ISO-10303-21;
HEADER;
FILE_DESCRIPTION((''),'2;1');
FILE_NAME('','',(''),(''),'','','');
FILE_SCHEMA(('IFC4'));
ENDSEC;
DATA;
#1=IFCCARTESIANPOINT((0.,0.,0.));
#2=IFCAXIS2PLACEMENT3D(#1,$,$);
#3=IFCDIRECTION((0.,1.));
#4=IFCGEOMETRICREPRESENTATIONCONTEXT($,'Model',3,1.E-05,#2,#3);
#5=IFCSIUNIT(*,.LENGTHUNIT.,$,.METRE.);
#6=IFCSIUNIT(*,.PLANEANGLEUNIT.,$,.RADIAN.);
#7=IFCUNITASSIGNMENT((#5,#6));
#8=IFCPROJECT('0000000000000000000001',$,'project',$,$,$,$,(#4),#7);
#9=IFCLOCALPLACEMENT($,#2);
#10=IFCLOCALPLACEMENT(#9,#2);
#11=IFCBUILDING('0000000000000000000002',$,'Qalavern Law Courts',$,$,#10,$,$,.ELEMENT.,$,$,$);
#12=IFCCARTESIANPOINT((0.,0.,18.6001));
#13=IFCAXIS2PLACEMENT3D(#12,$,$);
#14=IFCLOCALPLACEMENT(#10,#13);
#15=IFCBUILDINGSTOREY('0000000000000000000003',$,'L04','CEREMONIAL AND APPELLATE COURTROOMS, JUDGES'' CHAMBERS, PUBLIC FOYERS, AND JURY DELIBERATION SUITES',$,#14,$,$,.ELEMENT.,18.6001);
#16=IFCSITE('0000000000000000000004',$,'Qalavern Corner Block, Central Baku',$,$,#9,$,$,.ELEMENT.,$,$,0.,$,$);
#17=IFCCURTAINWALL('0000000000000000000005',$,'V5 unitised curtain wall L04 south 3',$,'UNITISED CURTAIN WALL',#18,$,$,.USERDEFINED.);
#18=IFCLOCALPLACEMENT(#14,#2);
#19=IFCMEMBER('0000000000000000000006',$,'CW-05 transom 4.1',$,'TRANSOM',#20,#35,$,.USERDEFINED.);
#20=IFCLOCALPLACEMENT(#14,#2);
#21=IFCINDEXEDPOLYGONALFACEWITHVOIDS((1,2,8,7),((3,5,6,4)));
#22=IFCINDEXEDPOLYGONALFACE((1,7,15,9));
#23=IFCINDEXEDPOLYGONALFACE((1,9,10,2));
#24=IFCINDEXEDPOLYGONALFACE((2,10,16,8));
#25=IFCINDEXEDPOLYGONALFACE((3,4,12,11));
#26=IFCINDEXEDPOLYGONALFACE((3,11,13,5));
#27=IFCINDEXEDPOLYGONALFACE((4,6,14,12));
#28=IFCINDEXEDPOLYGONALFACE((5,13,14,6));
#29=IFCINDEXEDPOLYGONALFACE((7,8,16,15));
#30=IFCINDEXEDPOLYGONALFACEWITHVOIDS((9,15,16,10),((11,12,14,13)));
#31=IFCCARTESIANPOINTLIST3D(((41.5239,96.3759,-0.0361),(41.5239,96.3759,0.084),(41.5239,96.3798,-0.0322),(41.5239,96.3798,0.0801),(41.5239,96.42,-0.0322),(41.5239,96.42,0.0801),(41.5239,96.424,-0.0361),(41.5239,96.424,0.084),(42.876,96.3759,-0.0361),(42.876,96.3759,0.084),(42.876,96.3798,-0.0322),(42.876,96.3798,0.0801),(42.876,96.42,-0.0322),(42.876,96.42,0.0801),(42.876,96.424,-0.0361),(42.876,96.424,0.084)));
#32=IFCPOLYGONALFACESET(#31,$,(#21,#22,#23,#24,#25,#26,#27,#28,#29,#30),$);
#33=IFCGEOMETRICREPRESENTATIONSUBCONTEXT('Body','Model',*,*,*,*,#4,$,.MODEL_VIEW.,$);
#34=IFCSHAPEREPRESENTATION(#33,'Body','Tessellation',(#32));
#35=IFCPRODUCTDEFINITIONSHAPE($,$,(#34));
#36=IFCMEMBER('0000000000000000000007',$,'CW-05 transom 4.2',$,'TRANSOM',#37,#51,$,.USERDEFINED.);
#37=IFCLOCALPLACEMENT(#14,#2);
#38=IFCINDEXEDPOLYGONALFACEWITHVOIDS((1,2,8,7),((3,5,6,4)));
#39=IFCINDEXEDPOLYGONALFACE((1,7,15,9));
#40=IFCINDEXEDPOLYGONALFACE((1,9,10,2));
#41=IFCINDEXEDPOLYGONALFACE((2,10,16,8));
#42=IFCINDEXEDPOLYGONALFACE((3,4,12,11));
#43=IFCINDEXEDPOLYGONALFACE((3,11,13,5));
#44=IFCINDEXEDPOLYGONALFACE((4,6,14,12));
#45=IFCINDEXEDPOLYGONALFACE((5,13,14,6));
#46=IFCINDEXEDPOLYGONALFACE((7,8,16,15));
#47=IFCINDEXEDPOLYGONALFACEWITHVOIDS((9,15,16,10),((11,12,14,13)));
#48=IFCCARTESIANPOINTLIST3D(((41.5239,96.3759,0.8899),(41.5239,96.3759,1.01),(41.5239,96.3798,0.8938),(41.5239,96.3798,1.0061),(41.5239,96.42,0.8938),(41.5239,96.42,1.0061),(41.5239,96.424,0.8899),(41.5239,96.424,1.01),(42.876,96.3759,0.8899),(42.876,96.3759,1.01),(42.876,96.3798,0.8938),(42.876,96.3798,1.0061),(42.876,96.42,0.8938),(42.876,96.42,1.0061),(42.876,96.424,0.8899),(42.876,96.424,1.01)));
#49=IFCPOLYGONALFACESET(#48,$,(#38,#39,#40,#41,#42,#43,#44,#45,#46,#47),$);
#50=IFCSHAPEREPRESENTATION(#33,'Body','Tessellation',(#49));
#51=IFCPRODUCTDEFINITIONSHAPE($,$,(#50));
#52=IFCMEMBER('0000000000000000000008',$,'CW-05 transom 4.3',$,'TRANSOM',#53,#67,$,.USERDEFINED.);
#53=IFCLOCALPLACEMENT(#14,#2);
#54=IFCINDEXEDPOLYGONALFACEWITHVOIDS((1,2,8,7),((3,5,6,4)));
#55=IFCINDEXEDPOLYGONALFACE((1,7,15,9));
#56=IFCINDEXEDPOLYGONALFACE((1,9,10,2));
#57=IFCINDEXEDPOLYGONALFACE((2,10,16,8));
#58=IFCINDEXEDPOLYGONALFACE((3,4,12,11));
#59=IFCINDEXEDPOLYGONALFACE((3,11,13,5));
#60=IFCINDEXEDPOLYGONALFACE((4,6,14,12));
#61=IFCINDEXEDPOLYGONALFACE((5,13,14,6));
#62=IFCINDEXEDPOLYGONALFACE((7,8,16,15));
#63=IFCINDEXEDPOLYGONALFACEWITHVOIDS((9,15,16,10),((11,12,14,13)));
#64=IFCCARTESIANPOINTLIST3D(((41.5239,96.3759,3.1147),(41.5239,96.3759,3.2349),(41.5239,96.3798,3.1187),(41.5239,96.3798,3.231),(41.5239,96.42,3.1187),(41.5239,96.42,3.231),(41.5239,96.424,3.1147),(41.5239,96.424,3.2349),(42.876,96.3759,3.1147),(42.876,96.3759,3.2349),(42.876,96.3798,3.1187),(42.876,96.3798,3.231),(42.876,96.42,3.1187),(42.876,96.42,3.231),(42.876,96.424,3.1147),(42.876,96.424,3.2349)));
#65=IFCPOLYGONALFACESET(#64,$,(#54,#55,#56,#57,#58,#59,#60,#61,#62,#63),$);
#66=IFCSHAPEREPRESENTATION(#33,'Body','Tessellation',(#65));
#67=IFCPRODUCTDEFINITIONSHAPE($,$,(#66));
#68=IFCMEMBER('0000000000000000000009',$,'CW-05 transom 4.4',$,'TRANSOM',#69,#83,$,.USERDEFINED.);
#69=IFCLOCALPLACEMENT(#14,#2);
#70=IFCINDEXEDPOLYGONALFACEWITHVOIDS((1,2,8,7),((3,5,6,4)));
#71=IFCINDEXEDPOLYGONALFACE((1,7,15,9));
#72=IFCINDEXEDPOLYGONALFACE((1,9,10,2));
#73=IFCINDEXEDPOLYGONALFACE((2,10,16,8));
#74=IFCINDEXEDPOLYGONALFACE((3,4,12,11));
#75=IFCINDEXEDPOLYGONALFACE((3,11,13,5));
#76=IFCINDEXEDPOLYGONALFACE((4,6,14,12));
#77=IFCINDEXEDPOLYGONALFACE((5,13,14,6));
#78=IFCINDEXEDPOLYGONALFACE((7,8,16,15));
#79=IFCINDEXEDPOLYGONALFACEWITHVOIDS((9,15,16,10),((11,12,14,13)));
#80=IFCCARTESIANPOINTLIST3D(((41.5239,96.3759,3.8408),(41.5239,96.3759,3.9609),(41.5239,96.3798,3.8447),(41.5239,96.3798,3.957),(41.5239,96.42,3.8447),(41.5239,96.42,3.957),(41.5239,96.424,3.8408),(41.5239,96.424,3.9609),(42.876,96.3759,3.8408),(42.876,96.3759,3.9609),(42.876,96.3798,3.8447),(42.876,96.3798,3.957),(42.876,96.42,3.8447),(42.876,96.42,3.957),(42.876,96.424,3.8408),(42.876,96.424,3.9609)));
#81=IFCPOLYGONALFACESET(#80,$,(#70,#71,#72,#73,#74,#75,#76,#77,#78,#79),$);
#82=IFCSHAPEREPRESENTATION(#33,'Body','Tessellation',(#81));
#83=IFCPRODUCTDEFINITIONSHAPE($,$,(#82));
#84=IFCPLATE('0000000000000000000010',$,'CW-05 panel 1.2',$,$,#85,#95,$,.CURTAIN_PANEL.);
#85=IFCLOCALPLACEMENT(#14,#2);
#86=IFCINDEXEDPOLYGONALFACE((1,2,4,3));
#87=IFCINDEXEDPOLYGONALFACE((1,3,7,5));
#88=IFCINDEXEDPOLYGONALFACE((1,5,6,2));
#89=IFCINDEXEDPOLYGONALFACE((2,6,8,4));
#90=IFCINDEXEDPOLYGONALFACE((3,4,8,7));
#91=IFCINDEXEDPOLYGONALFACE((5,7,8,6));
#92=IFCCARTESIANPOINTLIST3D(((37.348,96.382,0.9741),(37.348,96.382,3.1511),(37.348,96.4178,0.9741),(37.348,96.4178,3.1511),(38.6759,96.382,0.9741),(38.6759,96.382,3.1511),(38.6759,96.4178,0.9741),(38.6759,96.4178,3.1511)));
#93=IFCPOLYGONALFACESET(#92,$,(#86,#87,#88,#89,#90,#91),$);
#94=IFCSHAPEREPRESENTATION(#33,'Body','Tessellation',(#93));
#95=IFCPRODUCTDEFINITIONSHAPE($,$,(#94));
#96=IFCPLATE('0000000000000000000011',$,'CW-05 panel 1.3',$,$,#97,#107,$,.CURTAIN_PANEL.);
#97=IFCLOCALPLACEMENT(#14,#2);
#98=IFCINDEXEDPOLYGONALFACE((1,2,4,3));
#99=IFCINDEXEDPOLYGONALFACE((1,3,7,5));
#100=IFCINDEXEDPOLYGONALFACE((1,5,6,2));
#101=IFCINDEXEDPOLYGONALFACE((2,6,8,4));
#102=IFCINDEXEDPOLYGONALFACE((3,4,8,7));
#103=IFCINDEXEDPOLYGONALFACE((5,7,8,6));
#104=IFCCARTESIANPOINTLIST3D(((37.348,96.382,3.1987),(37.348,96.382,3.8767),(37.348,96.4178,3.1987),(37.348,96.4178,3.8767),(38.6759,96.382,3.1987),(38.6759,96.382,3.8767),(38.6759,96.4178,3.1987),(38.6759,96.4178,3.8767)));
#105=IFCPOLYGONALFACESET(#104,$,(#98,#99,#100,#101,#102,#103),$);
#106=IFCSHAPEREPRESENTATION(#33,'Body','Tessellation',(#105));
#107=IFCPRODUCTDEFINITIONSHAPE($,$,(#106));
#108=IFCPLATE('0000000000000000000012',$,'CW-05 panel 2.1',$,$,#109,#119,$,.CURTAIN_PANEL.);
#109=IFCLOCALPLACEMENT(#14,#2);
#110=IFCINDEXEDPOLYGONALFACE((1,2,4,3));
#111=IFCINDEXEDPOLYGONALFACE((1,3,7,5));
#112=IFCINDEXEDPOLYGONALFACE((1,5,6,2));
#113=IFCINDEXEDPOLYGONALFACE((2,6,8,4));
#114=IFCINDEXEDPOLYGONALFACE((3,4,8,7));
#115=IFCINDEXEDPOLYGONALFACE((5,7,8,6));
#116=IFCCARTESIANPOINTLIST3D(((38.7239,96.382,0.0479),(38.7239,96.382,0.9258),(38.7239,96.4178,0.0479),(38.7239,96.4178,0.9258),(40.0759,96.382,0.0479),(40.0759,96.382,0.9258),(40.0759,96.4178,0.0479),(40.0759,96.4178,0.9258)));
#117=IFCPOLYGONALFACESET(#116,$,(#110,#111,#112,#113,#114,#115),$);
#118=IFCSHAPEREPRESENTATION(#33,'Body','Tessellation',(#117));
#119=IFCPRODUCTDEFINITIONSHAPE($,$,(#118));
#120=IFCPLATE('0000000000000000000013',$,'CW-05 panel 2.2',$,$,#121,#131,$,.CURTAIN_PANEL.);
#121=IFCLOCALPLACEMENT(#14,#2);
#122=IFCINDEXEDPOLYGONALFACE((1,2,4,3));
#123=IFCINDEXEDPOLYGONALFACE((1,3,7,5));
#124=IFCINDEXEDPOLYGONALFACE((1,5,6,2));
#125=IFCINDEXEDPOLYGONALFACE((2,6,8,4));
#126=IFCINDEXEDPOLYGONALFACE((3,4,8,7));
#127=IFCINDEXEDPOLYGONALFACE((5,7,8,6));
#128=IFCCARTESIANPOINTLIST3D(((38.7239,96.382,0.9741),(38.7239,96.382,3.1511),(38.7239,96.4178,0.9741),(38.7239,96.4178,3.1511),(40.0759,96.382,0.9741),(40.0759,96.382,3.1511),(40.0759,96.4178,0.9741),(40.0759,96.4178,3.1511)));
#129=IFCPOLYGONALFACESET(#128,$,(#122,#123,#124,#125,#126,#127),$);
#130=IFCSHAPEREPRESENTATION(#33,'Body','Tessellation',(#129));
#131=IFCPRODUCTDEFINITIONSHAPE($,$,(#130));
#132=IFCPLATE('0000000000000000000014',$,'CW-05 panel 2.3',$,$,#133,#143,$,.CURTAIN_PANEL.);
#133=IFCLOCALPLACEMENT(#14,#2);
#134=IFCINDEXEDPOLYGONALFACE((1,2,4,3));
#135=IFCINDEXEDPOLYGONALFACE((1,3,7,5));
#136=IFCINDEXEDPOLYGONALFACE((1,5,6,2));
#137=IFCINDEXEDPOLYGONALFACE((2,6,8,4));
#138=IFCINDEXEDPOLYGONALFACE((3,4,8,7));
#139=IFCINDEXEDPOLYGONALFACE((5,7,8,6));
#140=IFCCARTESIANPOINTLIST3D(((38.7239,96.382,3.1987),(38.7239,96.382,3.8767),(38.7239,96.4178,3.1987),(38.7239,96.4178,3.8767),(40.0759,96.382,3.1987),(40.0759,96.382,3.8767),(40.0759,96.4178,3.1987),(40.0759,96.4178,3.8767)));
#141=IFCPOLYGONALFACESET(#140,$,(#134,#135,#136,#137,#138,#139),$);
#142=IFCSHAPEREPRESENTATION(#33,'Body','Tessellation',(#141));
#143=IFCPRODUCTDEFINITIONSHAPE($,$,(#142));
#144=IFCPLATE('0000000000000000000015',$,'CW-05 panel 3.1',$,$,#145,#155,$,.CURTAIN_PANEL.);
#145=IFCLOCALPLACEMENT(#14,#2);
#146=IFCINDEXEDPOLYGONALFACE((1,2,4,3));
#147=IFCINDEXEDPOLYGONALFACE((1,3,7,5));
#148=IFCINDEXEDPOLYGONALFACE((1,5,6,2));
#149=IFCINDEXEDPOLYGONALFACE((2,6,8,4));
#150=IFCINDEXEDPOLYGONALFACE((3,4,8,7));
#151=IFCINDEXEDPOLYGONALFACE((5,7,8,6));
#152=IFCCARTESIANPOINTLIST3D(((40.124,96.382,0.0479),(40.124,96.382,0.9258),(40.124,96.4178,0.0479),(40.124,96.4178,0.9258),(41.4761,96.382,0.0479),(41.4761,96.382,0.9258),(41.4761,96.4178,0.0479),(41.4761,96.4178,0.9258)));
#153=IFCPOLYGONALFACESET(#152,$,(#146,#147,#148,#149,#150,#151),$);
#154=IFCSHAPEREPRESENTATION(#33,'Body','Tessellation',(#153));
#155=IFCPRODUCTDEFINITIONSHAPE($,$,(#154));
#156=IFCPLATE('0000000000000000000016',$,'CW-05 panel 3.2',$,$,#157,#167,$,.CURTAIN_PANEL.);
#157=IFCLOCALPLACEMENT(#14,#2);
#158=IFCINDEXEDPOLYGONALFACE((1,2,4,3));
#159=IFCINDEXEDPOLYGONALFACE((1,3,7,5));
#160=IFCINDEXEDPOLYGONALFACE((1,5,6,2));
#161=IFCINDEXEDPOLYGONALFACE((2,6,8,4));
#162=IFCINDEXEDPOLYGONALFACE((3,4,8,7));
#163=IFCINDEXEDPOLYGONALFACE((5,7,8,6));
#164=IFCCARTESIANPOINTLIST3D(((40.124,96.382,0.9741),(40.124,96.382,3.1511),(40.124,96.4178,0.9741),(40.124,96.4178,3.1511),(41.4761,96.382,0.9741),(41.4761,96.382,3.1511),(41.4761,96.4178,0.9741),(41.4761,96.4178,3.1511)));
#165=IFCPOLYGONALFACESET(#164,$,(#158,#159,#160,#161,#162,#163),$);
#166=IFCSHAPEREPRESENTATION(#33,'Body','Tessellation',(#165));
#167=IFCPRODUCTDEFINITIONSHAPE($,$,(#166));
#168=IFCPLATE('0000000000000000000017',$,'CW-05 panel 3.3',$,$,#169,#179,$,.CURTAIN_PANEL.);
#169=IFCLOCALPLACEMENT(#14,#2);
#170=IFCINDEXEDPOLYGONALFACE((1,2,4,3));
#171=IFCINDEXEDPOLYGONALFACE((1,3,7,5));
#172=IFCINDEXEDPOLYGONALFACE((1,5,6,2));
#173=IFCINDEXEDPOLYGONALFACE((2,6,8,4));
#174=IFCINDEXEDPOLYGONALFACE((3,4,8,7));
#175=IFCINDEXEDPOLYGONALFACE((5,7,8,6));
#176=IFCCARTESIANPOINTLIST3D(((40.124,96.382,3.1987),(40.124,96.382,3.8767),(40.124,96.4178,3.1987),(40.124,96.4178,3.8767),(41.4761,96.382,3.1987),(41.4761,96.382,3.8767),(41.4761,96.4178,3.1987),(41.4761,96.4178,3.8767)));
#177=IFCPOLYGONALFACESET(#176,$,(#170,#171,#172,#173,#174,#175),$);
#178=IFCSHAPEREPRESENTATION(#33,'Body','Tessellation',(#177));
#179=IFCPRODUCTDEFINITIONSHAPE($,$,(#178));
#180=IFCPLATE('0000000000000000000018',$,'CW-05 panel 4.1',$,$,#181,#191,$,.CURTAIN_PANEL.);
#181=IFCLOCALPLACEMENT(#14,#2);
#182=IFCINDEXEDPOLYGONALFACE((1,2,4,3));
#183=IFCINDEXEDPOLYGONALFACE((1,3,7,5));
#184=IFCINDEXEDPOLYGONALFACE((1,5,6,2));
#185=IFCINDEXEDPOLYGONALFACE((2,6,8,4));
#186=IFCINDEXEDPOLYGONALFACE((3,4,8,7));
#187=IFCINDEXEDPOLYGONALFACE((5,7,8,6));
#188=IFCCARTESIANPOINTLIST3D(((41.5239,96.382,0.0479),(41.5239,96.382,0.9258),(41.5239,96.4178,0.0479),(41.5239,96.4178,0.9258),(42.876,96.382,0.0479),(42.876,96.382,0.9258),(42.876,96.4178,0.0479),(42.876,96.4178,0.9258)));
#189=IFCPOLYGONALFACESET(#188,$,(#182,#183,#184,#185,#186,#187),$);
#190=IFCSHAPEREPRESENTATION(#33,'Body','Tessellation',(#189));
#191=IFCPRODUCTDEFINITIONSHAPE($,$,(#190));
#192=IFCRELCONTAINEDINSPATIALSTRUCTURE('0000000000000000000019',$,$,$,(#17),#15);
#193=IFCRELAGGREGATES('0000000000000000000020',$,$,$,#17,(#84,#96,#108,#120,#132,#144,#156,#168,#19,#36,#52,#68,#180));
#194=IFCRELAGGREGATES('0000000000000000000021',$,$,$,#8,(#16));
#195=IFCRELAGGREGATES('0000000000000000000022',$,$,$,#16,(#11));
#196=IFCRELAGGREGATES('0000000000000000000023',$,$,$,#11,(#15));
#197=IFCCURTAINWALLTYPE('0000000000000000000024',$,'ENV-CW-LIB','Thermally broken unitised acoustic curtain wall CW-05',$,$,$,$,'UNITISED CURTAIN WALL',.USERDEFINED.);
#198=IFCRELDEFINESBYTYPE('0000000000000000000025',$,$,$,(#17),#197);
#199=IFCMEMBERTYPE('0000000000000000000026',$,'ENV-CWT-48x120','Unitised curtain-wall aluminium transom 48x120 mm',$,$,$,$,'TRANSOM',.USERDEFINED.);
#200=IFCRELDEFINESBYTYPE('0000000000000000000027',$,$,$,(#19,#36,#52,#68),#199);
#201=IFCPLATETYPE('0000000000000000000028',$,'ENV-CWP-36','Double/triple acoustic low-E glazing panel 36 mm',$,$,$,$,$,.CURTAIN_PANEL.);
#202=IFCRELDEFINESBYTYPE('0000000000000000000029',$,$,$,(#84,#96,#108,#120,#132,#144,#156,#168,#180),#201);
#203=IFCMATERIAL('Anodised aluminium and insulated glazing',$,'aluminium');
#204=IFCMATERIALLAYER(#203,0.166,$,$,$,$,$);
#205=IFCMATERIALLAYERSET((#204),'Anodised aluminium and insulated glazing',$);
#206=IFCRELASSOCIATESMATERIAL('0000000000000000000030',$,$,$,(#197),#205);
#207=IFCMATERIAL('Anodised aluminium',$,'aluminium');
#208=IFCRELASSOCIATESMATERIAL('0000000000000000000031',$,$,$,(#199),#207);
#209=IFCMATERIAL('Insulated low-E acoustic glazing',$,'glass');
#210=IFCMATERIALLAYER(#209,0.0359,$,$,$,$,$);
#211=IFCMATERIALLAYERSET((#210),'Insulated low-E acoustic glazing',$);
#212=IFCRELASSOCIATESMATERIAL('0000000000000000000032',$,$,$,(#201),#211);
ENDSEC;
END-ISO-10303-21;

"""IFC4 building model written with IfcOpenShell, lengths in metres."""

from ifc_helpers import new_model, si_unit, direction, frame, origin, origin_2d, place, context, subcontext, project, spatial, rectangle, hollow_rectangle, extrude, material, layer, layer_set, material_profile, profile_set, type_object, element, aggregate, save


model = new_model("IFC4")

# Units and contexts
model_context = context("Model", 3, precision=1e-05, world=origin(), true_north=direction((0.0, 1.0)))
body_context = subcontext(model_context, "Body", "Model", "MODEL_VIEW")
ifc_project = project(units=[si_unit("LENGTHUNIT", "METRE"), si_unit("PLANEANGLEUNIT", "RADIAN")], contexts=[model_context])

# Site, building, storey
site_placement = place(None, origin())
site = spatial("IfcSite", under=ifc_project, at=site_placement, Name="Qalavern Corner Block, Central Baku", CompositionType="ELEMENT", RefElevation=0.0)
building_placement = place(site_placement, origin())
building = spatial("IfcBuilding", under=site, at=building_placement, Name="Qalavern Law Courts", CompositionType="ELEMENT")
storey_placement = place(building_placement, frame((0.0, 0.0, 18.6001)))
storey = spatial("IfcBuildingStorey", under=building, at=storey_placement, Name="L04", Description="CEREMONIAL AND APPELLATE COURTROOMS, JUDGES' CHAMBERS, PUBLIC FOYERS, AND JURY DELIBERATION SUITES", CompositionType="ELEMENT", Elevation=18.6001)

# Curtain wall, members, plates
ifc_material_1 = material(Name="Anodised aluminium and insulated glazing", Category="aluminium")
ifc_layer_1 = layer(ifc_material_1, 0.166)
ifc_layer_set_1 = layer_set([ifc_layer_1], Name="Anodised aluminium and insulated glazing")
curtain_wall_type = type_object("IfcCurtainWallType", Name="ENV-CW-LIB", Description="Thermally broken unitised acoustic curtain wall CW-05", ElementType="UNITISED CURTAIN WALL", PredefinedType="USERDEFINED", material=ifc_layer_set_1)
curtain_wall_placement = place(storey_placement, origin())
curtain_wall = element("IfcCurtainWall", 1, at=curtain_wall_placement, inside=storey, type_object=curtain_wall_type, Name="V5 unitised curtain wall L04 south 3", ObjectType="UNITISED CURTAIN WALL", PredefinedType="USERDEFINED")
ifc_material_2 = material(Name="Anodised aluminium", Category="aluminium")
ifc_material_profile_1 = material_profile(ifc_material_2, hollow_rectangle(XDim=0.0481, YDim=0.1201, WallThickness=0.0039, at=origin_2d()), Name="ALU TRANSOM 48x120")
ifc_profile_set_1 = profile_set([ifc_material_profile_1], Name="Anodised aluminium")
member_type_1 = type_object("IfcMemberType", Name="ENV-CWT-48x120", Description="Unitised curtain-wall aluminium transom 48x120 mm", ElementType="TRANSOM", PredefinedType="USERDEFINED", material=ifc_profile_set_1)
member_1_placement = place(storey_placement, frame((41.5239, 96.3999, 0.0239), z_axis=(1.0, 0.0, 0.0), x_axis=(0.0, 1.0, 0.0)))
member_1 = element("IfcMember", 2, at=member_1_placement, type_object=member_type_1, Name="CW-05 transom 4.1", ObjectType="TRANSOM", PredefinedType="USERDEFINED", context=body_context, shape_type="SweptSolid", body=[
    extrude(hollow_rectangle(XDim=0.0481, YDim=0.1201, WallThickness=0.0039, at=origin_2d()), origin(), (0.0, 0.0, 1.0), 1.3521),
])
member_2_placement = place(storey_placement, frame((41.5239, 96.3999, 0.95), z_axis=(1.0, 0.0, 0.0), x_axis=(0.0, 1.0, 0.0)))
member_2 = element("IfcMember", 3, at=member_2_placement, type_object=member_type_1, Name="CW-05 transom 4.2", ObjectType="TRANSOM", PredefinedType="USERDEFINED", context=body_context, shape_type="SweptSolid", body=[
    extrude(hollow_rectangle(XDim=0.0481, YDim=0.1201, WallThickness=0.0039, at=origin_2d()), origin(), (0.0, 0.0, 1.0), 1.3521),
])
member_3_placement = place(storey_placement, frame((41.5239, 96.3999, 3.1748), z_axis=(1.0, 0.0, 0.0), x_axis=(0.0, 1.0, 0.0)))
member_3 = element("IfcMember", 4, at=member_3_placement, type_object=member_type_1, Name="CW-05 transom 4.3", ObjectType="TRANSOM", PredefinedType="USERDEFINED", context=body_context, shape_type="SweptSolid", body=[
    extrude(hollow_rectangle(XDim=0.0481, YDim=0.1201, WallThickness=0.0039, at=origin_2d()), origin(), (0.0, 0.0, 1.0), 1.3521),
])
member_4_placement = place(storey_placement, frame((41.5239, 96.3999, 3.9009), z_axis=(1.0, 0.0, 0.0), x_axis=(0.0, 1.0, 0.0)))
member_4 = element("IfcMember", 5, at=member_4_placement, type_object=member_type_1, Name="CW-05 transom 4.4", ObjectType="TRANSOM", PredefinedType="USERDEFINED", context=body_context, shape_type="SweptSolid", body=[
    extrude(hollow_rectangle(XDim=0.0481, YDim=0.1201, WallThickness=0.0039, at=origin_2d()), origin(), (0.0, 0.0, 1.0), 1.3521),
])
ifc_material_3 = material(Name="Insulated low-E acoustic glazing", Category="glass")
ifc_layer_2 = layer(ifc_material_3, 0.0359)
ifc_layer_set_2 = layer_set([ifc_layer_2], Name="Insulated low-E acoustic glazing")
plate_type = type_object("IfcPlateType", Name="ENV-CWP-36", Description="Double/triple acoustic low-E glazing panel 36 mm", PredefinedType="CURTAIN_PANEL", material=ifc_layer_set_2)
plate_1_placement = place(storey_placement, frame((38.012, 96.3999, 0.9741), z_axis=(0.0, 0.0, 1.0), x_axis=(1.0, 0.0, 0.0)))
plate_1 = element("IfcPlate", 6, at=plate_1_placement, type_object=plate_type, Name="CW-05 panel 1.2", PredefinedType="CURTAIN_PANEL", context=body_context, shape_type="SweptSolid", body=[
    extrude(rectangle(XDim=1.3279, YDim=0.0359, at=origin_2d()), origin(), (0.0, 0.0, 1.0), 2.177),
])
plate_2_placement = place(storey_placement, frame((38.012, 96.3999, 3.1987), z_axis=(0.0, 0.0, 1.0), x_axis=(1.0, 0.0, 0.0)))
plate_2 = element("IfcPlate", 7, at=plate_2_placement, type_object=plate_type, Name="CW-05 panel 1.3", PredefinedType="CURTAIN_PANEL", context=body_context, shape_type="SweptSolid", body=[
    extrude(rectangle(XDim=1.3279, YDim=0.0359, at=origin_2d()), origin(), (0.0, 0.0, 1.0), 0.678),
])
plate_3_placement = place(storey_placement, frame((39.3999, 96.3999, 0.0479), z_axis=(0.0, 0.0, 1.0), x_axis=(1.0, 0.0, 0.0)))
plate_3 = element("IfcPlate", 8, at=plate_3_placement, type_object=plate_type, Name="CW-05 panel 2.1", PredefinedType="CURTAIN_PANEL", context=body_context, shape_type="SweptSolid", body=[
    extrude(rectangle(XDim=1.3521, YDim=0.0359, at=origin_2d()), origin(), (0.0, 0.0, 1.0), 0.8779),
])
plate_4_placement = place(storey_placement, frame((39.3999, 96.3999, 0.9741), z_axis=(0.0, 0.0, 1.0), x_axis=(1.0, 0.0, 0.0)))
plate_4 = element("IfcPlate", 9, at=plate_4_placement, type_object=plate_type, Name="CW-05 panel 2.2", PredefinedType="CURTAIN_PANEL", context=body_context, shape_type="SweptSolid", body=[
    extrude(rectangle(XDim=1.3521, YDim=0.0359, at=origin_2d()), origin(), (0.0, 0.0, 1.0), 2.177),
])
plate_5_placement = place(storey_placement, frame((39.3999, 96.3999, 3.1987), z_axis=(0.0, 0.0, 1.0), x_axis=(1.0, 0.0, 0.0)))
plate_5 = element("IfcPlate", 10, at=plate_5_placement, type_object=plate_type, Name="CW-05 panel 2.3", PredefinedType="CURTAIN_PANEL", context=body_context, shape_type="SweptSolid", body=[
    extrude(rectangle(XDim=1.3521, YDim=0.0359, at=origin_2d()), origin(), (0.0, 0.0, 1.0), 0.678),
])
plate_6_placement = place(storey_placement, frame((40.8, 96.3999, 0.0479), z_axis=(0.0, 0.0, 1.0), x_axis=(1.0, 0.0, 0.0)))
plate_6 = element("IfcPlate", 11, at=plate_6_placement, type_object=plate_type, Name="CW-05 panel 3.1", PredefinedType="CURTAIN_PANEL", context=body_context, shape_type="SweptSolid", body=[
    extrude(rectangle(XDim=1.3521, YDim=0.0359, at=origin_2d()), origin(), (0.0, 0.0, 1.0), 0.8779),
])
plate_7_placement = place(storey_placement, frame((40.8, 96.3999, 0.9741), z_axis=(0.0, 0.0, 1.0), x_axis=(1.0, 0.0, 0.0)))
plate_7 = element("IfcPlate", 12, at=plate_7_placement, type_object=plate_type, Name="CW-05 panel 3.2", PredefinedType="CURTAIN_PANEL", context=body_context, shape_type="SweptSolid", body=[
    extrude(rectangle(XDim=1.3521, YDim=0.0359, at=origin_2d()), origin(), (0.0, 0.0, 1.0), 2.177),
])
plate_8_placement = place(storey_placement, frame((40.8, 96.3999, 3.1987), z_axis=(0.0, 0.0, 1.0), x_axis=(1.0, 0.0, 0.0)))
plate_8 = element("IfcPlate", 13, at=plate_8_placement, type_object=plate_type, Name="CW-05 panel 3.3", PredefinedType="CURTAIN_PANEL", context=body_context, shape_type="SweptSolid", body=[
    extrude(rectangle(XDim=1.3521, YDim=0.0359, at=origin_2d()), origin(), (0.0, 0.0, 1.0), 0.678),
])
plate_9_placement = place(storey_placement, frame((42.2, 96.3999, 0.0479), z_axis=(0.0, 0.0, 1.0), x_axis=(1.0, 0.0, 0.0)))
plate_9 = element("IfcPlate", 14, at=plate_9_placement, type_object=plate_type, Name="CW-05 panel 4.1", PredefinedType="CURTAIN_PANEL", context=body_context, shape_type="SweptSolid", body=[
    extrude(rectangle(XDim=1.3521, YDim=0.0359, at=origin_2d()), origin(), (0.0, 0.0, 1.0), 0.8779),
])
aggregate(curtain_wall, [plate_1, plate_2, plate_3, plate_4, plate_5, plate_6, plate_7, plate_8, member_1, member_2, member_3, member_4, plate_9])

save(model, "model.ifc")
